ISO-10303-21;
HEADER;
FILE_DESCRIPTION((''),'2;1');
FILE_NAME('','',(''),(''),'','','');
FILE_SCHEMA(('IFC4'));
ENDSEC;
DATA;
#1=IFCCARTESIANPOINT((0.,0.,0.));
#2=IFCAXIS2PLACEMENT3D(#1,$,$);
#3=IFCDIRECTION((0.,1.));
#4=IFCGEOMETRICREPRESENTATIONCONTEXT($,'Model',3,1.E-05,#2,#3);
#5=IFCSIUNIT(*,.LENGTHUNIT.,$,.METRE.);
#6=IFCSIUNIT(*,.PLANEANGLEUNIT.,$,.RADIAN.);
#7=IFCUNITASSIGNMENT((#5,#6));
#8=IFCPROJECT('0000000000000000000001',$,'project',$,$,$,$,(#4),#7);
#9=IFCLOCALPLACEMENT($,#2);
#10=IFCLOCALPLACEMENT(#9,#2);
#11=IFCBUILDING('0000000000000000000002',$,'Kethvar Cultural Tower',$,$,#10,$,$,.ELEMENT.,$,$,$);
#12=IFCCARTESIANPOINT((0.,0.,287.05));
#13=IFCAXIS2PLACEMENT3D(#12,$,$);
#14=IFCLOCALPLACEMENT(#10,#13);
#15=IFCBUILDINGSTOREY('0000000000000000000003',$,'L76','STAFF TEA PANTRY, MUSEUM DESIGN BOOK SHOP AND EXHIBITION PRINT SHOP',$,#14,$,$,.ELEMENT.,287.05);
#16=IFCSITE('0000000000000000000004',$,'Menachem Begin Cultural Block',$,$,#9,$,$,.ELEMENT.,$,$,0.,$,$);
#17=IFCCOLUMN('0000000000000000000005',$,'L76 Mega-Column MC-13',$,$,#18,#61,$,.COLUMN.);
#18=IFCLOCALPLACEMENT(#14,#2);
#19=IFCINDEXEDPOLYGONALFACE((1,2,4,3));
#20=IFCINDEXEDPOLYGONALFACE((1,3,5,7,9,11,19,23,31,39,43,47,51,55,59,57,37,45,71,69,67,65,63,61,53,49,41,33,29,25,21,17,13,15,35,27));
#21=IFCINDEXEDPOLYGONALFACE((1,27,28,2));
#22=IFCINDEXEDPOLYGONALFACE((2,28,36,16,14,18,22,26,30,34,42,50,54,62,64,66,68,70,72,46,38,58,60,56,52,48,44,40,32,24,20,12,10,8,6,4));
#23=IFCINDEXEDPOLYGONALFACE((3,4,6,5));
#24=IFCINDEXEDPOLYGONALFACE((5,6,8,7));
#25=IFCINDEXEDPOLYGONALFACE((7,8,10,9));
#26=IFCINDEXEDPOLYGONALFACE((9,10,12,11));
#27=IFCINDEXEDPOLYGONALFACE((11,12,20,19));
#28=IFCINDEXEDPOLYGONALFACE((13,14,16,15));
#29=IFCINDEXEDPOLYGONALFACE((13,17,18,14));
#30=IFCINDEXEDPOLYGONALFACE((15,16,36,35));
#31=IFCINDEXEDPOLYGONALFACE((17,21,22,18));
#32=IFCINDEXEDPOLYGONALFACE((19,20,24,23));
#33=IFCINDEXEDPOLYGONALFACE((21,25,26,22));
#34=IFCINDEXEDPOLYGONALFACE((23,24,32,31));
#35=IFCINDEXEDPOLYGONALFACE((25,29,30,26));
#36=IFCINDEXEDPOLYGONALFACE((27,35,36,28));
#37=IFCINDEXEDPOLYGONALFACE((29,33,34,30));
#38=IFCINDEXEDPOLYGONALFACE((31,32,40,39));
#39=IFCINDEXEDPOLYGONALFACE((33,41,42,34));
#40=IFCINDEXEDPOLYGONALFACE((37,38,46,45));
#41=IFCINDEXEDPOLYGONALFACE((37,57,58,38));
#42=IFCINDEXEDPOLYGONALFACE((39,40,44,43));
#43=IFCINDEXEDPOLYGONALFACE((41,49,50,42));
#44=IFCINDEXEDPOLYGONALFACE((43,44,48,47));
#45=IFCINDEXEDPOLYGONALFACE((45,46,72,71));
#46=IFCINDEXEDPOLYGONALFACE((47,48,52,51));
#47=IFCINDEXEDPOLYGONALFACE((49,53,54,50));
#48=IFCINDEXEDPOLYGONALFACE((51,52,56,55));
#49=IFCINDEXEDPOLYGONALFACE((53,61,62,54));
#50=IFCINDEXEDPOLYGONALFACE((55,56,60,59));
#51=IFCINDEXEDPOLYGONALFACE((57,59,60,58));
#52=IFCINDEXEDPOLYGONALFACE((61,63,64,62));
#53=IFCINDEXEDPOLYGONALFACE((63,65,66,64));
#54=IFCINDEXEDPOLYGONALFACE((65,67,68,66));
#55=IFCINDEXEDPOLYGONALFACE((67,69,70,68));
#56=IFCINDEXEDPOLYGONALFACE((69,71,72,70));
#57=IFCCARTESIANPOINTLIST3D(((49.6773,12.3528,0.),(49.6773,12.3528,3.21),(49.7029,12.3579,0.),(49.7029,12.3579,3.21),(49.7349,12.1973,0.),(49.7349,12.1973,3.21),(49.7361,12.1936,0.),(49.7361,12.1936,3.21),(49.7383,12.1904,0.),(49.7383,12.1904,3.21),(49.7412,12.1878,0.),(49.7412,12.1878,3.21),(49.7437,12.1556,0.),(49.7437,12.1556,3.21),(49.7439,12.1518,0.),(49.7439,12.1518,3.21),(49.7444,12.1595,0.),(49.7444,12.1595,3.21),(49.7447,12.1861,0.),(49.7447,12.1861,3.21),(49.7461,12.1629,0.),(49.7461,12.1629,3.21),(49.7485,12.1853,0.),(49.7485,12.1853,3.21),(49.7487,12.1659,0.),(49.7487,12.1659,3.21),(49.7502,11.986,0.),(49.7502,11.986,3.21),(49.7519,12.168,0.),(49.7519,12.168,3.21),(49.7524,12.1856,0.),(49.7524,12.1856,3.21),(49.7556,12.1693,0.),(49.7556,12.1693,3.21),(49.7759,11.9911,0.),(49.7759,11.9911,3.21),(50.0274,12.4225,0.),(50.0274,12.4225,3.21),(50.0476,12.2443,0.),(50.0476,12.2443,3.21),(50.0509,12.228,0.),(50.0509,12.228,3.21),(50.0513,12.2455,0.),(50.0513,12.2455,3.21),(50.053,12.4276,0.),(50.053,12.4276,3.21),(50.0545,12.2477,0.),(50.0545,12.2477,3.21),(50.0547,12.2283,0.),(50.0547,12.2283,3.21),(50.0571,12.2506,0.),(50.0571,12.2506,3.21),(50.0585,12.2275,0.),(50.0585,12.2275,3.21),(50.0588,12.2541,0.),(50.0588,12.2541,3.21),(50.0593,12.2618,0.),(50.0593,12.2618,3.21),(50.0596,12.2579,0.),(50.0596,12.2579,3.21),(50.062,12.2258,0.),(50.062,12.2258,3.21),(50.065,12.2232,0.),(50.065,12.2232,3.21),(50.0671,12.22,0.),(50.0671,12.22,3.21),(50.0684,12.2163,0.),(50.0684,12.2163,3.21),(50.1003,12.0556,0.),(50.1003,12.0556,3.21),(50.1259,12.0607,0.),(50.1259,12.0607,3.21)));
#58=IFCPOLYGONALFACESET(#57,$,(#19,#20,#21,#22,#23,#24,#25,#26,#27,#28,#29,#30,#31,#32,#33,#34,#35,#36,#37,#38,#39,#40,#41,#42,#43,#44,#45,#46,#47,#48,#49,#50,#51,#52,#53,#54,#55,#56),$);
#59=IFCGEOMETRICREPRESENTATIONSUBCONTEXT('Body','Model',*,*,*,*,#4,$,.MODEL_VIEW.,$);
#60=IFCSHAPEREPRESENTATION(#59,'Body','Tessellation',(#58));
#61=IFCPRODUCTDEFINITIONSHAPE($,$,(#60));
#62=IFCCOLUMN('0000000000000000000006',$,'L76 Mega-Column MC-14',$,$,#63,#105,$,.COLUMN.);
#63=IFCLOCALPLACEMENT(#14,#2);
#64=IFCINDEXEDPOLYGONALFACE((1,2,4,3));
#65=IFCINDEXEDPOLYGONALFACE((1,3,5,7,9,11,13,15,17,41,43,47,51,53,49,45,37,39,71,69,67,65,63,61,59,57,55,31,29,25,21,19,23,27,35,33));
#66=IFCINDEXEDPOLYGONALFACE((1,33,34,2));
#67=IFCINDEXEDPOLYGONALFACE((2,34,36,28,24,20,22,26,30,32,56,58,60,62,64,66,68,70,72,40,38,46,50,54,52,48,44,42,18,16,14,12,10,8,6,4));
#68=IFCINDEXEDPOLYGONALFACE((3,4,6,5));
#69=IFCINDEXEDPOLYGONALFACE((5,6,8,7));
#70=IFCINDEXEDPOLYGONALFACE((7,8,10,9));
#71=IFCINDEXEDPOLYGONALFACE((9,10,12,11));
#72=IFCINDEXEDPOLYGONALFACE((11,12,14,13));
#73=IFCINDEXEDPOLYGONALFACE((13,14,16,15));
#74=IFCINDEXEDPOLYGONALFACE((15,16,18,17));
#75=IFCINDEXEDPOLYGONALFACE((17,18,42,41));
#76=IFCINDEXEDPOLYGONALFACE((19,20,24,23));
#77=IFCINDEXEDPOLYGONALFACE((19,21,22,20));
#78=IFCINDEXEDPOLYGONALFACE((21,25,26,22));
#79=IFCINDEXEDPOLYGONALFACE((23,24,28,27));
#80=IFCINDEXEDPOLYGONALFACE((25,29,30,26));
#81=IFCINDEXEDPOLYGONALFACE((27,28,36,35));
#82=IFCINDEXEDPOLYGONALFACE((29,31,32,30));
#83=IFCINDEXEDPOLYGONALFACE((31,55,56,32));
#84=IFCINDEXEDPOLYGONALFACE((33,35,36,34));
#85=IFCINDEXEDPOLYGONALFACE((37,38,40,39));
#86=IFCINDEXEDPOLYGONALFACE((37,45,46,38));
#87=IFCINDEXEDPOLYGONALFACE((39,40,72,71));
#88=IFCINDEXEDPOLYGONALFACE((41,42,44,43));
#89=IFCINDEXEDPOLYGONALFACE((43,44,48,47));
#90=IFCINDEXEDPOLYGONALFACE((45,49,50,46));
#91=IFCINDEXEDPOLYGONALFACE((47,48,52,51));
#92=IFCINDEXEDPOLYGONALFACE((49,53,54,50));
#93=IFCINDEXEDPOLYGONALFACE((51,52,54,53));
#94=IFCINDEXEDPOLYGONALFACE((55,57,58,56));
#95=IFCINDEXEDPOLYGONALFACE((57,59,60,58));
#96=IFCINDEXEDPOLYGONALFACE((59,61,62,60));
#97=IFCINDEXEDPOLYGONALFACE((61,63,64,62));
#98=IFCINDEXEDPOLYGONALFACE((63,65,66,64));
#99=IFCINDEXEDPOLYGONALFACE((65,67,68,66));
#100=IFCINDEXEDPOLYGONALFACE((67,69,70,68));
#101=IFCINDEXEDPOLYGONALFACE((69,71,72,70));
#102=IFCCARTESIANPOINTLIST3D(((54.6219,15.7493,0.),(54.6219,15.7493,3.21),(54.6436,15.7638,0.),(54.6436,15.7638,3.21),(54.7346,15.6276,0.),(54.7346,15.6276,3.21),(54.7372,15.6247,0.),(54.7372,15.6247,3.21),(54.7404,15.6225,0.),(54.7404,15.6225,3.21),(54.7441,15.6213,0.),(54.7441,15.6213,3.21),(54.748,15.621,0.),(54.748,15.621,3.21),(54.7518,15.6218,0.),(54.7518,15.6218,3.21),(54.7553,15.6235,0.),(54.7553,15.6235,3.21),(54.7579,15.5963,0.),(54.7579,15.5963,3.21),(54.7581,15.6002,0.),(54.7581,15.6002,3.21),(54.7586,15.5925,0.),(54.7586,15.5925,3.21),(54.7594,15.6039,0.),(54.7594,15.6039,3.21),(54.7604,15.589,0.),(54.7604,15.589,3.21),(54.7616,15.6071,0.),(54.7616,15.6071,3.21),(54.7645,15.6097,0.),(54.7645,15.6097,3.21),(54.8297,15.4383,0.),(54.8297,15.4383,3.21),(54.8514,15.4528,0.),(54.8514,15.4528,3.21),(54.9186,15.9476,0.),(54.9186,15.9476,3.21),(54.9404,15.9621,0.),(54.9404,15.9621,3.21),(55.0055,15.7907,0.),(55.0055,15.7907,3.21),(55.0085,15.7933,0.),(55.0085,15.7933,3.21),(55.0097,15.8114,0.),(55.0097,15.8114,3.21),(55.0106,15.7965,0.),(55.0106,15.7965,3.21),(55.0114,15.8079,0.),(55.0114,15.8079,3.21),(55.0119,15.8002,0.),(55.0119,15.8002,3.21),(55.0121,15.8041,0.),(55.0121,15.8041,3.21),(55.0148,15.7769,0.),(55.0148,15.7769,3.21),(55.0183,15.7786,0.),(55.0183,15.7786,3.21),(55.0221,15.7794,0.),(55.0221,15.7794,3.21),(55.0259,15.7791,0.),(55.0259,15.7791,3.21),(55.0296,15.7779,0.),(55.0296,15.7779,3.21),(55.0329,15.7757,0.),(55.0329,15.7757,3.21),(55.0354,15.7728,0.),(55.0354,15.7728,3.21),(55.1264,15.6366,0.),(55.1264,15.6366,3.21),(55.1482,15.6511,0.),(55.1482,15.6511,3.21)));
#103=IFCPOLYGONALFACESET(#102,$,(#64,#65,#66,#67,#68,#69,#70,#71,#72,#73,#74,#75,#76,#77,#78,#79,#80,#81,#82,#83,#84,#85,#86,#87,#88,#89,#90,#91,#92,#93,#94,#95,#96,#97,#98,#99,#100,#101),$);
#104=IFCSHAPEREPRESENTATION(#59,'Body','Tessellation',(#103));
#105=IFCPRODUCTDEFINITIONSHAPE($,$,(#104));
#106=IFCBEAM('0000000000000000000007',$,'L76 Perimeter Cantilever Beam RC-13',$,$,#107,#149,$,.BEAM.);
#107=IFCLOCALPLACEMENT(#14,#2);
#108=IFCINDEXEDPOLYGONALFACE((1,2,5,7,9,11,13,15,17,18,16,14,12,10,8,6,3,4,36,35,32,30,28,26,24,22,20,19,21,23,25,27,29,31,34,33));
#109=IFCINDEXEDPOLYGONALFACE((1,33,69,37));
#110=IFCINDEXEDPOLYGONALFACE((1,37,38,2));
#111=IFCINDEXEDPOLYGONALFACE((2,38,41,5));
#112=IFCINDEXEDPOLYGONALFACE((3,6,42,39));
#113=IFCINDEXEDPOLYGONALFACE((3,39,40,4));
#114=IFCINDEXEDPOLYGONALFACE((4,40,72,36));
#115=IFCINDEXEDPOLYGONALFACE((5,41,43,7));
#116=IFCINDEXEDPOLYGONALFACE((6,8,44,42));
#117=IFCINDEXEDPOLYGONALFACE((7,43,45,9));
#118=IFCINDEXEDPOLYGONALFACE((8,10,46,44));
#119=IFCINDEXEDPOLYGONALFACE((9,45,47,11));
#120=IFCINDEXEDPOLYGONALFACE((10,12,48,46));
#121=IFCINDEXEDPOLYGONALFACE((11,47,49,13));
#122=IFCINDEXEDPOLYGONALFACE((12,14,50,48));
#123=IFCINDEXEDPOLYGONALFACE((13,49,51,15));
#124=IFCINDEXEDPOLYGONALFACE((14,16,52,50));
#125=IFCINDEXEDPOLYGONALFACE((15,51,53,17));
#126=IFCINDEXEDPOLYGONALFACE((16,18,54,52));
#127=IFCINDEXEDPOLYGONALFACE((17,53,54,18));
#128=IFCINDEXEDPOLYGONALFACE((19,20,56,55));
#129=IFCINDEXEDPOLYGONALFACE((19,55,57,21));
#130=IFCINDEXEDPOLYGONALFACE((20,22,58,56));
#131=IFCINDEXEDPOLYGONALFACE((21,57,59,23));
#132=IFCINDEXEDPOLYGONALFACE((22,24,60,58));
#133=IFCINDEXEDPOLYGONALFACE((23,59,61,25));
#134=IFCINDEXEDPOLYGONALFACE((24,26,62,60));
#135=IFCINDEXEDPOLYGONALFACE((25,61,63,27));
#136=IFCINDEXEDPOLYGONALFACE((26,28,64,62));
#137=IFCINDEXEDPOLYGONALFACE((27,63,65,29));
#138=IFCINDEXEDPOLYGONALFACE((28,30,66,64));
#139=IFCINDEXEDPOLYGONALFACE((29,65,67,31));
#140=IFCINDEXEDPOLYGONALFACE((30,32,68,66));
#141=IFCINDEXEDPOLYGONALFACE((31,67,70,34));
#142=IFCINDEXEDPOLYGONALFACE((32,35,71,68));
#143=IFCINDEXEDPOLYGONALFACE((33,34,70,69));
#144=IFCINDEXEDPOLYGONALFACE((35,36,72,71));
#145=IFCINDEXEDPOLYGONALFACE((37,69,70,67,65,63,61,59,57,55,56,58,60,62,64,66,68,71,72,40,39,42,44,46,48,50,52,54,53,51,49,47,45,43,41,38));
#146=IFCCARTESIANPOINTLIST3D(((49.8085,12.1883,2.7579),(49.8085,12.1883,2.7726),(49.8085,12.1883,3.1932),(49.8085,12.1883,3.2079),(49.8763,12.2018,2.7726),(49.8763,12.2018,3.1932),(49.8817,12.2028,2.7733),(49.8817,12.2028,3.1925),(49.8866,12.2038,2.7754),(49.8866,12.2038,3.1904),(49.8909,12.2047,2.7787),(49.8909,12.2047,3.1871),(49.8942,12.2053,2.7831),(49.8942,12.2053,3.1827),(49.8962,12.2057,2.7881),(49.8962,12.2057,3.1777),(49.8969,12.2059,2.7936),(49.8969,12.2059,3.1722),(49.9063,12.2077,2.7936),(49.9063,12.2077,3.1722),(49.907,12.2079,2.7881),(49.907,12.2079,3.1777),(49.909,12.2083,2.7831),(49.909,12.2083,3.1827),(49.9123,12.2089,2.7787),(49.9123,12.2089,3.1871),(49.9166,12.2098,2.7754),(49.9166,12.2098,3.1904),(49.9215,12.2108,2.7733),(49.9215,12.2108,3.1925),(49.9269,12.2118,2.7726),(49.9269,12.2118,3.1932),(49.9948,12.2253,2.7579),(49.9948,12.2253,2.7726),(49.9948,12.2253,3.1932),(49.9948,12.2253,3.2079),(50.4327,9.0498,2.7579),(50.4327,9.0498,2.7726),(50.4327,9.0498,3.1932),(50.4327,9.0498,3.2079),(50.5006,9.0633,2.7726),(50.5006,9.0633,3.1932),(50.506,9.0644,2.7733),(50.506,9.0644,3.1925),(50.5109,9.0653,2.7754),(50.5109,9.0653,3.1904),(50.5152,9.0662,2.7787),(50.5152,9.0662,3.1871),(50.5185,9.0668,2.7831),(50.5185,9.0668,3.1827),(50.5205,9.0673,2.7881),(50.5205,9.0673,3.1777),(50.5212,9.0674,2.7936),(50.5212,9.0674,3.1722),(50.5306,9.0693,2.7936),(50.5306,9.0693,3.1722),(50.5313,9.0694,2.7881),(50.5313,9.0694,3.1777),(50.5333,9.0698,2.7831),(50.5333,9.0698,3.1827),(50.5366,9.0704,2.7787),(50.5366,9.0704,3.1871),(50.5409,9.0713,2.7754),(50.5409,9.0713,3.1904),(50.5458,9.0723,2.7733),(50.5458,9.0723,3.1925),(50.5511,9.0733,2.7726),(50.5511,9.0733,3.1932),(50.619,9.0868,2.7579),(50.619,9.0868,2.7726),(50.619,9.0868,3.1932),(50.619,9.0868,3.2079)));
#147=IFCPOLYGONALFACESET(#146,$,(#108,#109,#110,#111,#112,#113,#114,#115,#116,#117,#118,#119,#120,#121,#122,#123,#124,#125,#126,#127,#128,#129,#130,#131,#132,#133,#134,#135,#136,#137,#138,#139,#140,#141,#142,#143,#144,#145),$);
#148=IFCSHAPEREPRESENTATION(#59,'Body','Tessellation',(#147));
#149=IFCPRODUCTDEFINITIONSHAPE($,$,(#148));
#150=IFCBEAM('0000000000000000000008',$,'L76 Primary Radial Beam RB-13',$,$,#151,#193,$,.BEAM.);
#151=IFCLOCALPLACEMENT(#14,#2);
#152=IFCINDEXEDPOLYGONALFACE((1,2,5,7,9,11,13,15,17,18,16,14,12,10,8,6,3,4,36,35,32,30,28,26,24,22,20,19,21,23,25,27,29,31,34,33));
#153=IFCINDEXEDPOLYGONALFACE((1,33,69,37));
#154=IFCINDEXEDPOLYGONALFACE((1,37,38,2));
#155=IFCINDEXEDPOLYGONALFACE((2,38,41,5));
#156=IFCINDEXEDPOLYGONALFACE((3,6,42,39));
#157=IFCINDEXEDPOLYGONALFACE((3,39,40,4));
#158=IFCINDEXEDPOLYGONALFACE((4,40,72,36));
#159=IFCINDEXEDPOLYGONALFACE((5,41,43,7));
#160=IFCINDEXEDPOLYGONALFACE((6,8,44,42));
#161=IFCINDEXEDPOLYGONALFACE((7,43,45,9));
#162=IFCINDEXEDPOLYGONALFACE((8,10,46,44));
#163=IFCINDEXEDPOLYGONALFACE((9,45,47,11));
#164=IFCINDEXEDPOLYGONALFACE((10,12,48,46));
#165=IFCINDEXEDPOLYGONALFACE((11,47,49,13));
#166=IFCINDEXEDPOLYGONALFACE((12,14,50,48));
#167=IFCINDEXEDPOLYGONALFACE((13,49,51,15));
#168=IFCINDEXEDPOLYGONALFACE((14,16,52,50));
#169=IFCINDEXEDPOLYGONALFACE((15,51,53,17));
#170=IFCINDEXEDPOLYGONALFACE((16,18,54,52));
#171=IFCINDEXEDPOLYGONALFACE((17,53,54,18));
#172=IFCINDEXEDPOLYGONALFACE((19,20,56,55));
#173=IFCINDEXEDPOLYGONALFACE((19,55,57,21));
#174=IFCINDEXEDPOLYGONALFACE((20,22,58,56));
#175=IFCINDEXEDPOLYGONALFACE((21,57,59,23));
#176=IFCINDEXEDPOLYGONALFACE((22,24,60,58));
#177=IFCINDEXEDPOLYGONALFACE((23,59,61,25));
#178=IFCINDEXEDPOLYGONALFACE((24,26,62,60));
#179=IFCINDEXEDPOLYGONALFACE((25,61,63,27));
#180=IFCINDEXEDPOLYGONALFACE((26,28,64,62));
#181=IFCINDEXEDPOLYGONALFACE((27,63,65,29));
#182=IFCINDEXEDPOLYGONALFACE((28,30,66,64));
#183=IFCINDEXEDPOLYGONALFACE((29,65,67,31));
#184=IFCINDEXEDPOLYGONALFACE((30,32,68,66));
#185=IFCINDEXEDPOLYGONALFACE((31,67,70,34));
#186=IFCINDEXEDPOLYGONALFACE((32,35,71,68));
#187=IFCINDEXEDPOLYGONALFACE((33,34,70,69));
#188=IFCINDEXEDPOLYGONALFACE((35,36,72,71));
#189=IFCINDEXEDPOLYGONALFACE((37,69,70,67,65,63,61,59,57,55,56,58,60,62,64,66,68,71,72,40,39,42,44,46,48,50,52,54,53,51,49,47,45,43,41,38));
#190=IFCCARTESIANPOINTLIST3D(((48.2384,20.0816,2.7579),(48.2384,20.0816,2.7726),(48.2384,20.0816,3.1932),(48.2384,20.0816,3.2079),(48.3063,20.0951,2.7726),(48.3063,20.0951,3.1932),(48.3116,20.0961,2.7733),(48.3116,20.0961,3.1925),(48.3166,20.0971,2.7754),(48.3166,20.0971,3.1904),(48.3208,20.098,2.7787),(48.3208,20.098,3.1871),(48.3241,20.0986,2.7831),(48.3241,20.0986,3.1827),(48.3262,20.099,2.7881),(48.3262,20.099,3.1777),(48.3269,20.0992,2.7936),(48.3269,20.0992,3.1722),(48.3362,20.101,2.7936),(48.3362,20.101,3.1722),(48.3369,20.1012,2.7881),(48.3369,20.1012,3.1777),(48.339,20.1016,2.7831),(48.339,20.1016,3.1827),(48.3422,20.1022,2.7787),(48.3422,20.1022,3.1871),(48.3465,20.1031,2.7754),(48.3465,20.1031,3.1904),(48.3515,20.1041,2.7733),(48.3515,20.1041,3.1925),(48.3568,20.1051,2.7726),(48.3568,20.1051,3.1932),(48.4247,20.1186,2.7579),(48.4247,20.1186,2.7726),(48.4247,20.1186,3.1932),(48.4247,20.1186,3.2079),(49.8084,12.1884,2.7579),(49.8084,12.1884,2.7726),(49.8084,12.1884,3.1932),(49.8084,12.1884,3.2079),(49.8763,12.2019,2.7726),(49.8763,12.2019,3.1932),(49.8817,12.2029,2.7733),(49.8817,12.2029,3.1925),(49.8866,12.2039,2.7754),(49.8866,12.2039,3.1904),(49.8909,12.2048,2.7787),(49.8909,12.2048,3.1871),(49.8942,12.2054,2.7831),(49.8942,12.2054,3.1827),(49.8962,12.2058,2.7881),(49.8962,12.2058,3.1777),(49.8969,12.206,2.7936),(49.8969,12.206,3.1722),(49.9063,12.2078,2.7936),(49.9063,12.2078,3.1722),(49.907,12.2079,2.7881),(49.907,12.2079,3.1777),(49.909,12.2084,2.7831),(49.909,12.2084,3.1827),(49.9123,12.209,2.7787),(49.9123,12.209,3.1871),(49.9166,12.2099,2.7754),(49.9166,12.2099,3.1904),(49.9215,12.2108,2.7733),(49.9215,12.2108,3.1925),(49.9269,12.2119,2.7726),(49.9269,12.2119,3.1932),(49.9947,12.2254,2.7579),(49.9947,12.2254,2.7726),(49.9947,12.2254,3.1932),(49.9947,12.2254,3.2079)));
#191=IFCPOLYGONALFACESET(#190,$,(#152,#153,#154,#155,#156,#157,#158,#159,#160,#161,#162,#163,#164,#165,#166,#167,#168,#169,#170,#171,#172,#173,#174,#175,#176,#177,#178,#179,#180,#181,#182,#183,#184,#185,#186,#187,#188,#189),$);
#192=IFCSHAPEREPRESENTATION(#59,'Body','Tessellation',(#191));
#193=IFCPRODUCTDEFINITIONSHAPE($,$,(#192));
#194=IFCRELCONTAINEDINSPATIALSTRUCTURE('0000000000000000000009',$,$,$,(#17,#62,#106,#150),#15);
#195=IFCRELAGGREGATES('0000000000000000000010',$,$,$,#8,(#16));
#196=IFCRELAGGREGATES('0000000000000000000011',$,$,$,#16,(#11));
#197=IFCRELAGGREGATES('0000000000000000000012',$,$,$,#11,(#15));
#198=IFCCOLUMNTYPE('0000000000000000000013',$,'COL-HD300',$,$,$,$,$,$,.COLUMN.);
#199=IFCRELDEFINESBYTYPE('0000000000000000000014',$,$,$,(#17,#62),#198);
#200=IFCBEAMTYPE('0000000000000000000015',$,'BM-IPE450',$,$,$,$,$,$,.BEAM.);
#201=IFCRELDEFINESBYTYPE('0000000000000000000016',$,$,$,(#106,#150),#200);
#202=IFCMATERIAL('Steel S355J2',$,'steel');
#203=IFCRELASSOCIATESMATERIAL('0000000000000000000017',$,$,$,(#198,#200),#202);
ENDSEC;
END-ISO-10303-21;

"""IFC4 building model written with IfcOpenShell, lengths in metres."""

from ifc_helpers import new_model, si_unit, direction, frame, origin, origin_2d, place, context, subcontext, project, spatial, i_section, extrude, source, transform, mapped, material, material_profile, profile_set, type_object, element, save


model = new_model("IFC4")

# Units and contexts
model_context = context("Model", 3, precision=1e-05, world=origin(), true_north=direction((0.0, 1.0)))
body_context = subcontext(model_context, "Body", "Model", "MODEL_VIEW")
ifc_project = project(units=[si_unit("LENGTHUNIT", "METRE"), si_unit("PLANEANGLEUNIT", "RADIAN")], contexts=[model_context])

# Site, building, storey
site_placement = place(None, origin())
site = spatial("IfcSite", under=ifc_project, at=site_placement, Name="Menachem Begin Cultural Block", CompositionType="ELEMENT", RefElevation=0.0)
building_placement = place(site_placement, origin())
building = spatial("IfcBuilding", under=site, at=building_placement, Name="Kethvar Cultural Tower", CompositionType="ELEMENT")
storey_placement = place(building_placement, frame((0.0, 0.0, 287.05)))
storey = spatial("IfcBuildingStorey", under=building, at=storey_placement, Name="L76", Description="STAFF TEA PANTRY, MUSEUM DESIGN BOOK SHOP AND EXHIBITION PRINT SHOP", CompositionType="ELEMENT", Elevation=287.05)

# Columns
ifc_material_1 = material(Name="Steel S355J2", Category="steel")
ifc_material_profile_1 = material_profile(ifc_material_1, i_section(OverallWidth=0.374, OverallDepth=0.3831, WebThickness=0.0166, FlangeThickness=0.0261, FilletRadius=0.0149, at=origin_2d()), Name="Steel S355J2 — HD360x300")
ifc_profile_set_1 = profile_set([ifc_material_profile_1], Name="Steel S355J2 — HD360x300")
column_type = type_object("IfcColumnType", Name="COL-HD300", PredefinedType="COLUMN", material=ifc_profile_set_1)
shared_shape_1 = source(origin(), body_context, "Body", "SweptSolid", [
    extrude(i_section(OverallWidth=0.374, OverallDepth=0.3831, WebThickness=0.0166, FlangeThickness=0.0261, FilletRadius=0.0149, at=origin_2d()), origin(), (0.0, 0.0, 1.0), 3.21),
])
for number, where, z_axis, x_axis, name in (
    (1, (49.9016, 12.2068, 0.0), (0.0, 0.0, 1.0), (0.19509, -0.980785, 0.0), "L76 Mega-Column MC-13"),
    (2, (54.885, 15.7002, 0.0), (0.0, 0.0, 1.0), (0.55557, -0.83147, 0.0), "L76 Mega-Column MC-14"),
):
    element("IfcColumn", number, at=place(storey_placement, frame(where, z_axis=z_axis, x_axis=x_axis)), inside=storey, type_object=column_type, Name=name, PredefinedType="COLUMN", context=body_context, shape_type="MappedRepresentation", body=[
        mapped(shared_shape_1, transform((0.0, 0.0, 0.0), scale=1.0)),
    ])

# Beams
ifc_material_profile_2 = material_profile(ifc_material_1, i_section(OverallWidth=0.1899, OverallDepth=0.45, WebThickness=0.0095, FlangeThickness=0.0146, FilletRadius=0.021, at=origin_2d()), Name="Steel S355J2 — IPE450")
ifc_profile_set_2 = profile_set([ifc_material_profile_2], Name="Steel S355J2 — IPE450")
beam_type_1 = type_object("IfcBeamType", Name="BM-IPE450", PredefinedType="BEAM", material=ifc_profile_set_2)
shared_shape_2 = source(origin(), body_context, "Body", "SweptSolid", [
    extrude(i_section(OverallWidth=0.1899, OverallDepth=0.45, WebThickness=0.0095, FlangeThickness=0.0146, FilletRadius=0.021, at=origin_2d()), origin(), (0.0, 0.0, 1.0), 3.2),
])
beam_1_placement = place(storey_placement, frame((49.9016, 12.2068, 2.9829), z_axis=(0.195089, -0.980786, 0.0), x_axis=(0.980786, 0.195089, 0.0)))
element("IfcBeam", 3, at=beam_1_placement, inside=storey, type_object=beam_type_1, Name="L76 Perimeter Cantilever Beam RC-13", PredefinedType="BEAM", context=body_context, shape_type="MappedRepresentation", body=[
    mapped(shared_shape_2, transform((0.0, 0.0, 0.0), scale=1.0)),
])
shared_shape_3 = source(origin(), body_context, "Body", "SweptSolid", [
    extrude(i_section(OverallWidth=0.1899, OverallDepth=0.45, WebThickness=0.0095, FlangeThickness=0.0146, FilletRadius=0.021, at=origin_2d()), origin(), (0.0, 0.0, 1.0), 8.0479),
])
beam_2_placement = place(storey_placement, frame((48.3315, 20.1001, 2.9829), z_axis=(0.195089, -0.980785, 0.0), x_axis=(0.980785, 0.195089, 0.0)))
element("IfcBeam", 4, at=beam_2_placement, inside=storey, type_object=beam_type_1, Name="L76 Primary Radial Beam RB-13", PredefinedType="BEAM", context=body_context, shape_type="MappedRepresentation", body=[
    mapped(shared_shape_3, transform((0.0, 0.0, 0.0), scale=1.0)),
])

save(model, "model.ifc")
